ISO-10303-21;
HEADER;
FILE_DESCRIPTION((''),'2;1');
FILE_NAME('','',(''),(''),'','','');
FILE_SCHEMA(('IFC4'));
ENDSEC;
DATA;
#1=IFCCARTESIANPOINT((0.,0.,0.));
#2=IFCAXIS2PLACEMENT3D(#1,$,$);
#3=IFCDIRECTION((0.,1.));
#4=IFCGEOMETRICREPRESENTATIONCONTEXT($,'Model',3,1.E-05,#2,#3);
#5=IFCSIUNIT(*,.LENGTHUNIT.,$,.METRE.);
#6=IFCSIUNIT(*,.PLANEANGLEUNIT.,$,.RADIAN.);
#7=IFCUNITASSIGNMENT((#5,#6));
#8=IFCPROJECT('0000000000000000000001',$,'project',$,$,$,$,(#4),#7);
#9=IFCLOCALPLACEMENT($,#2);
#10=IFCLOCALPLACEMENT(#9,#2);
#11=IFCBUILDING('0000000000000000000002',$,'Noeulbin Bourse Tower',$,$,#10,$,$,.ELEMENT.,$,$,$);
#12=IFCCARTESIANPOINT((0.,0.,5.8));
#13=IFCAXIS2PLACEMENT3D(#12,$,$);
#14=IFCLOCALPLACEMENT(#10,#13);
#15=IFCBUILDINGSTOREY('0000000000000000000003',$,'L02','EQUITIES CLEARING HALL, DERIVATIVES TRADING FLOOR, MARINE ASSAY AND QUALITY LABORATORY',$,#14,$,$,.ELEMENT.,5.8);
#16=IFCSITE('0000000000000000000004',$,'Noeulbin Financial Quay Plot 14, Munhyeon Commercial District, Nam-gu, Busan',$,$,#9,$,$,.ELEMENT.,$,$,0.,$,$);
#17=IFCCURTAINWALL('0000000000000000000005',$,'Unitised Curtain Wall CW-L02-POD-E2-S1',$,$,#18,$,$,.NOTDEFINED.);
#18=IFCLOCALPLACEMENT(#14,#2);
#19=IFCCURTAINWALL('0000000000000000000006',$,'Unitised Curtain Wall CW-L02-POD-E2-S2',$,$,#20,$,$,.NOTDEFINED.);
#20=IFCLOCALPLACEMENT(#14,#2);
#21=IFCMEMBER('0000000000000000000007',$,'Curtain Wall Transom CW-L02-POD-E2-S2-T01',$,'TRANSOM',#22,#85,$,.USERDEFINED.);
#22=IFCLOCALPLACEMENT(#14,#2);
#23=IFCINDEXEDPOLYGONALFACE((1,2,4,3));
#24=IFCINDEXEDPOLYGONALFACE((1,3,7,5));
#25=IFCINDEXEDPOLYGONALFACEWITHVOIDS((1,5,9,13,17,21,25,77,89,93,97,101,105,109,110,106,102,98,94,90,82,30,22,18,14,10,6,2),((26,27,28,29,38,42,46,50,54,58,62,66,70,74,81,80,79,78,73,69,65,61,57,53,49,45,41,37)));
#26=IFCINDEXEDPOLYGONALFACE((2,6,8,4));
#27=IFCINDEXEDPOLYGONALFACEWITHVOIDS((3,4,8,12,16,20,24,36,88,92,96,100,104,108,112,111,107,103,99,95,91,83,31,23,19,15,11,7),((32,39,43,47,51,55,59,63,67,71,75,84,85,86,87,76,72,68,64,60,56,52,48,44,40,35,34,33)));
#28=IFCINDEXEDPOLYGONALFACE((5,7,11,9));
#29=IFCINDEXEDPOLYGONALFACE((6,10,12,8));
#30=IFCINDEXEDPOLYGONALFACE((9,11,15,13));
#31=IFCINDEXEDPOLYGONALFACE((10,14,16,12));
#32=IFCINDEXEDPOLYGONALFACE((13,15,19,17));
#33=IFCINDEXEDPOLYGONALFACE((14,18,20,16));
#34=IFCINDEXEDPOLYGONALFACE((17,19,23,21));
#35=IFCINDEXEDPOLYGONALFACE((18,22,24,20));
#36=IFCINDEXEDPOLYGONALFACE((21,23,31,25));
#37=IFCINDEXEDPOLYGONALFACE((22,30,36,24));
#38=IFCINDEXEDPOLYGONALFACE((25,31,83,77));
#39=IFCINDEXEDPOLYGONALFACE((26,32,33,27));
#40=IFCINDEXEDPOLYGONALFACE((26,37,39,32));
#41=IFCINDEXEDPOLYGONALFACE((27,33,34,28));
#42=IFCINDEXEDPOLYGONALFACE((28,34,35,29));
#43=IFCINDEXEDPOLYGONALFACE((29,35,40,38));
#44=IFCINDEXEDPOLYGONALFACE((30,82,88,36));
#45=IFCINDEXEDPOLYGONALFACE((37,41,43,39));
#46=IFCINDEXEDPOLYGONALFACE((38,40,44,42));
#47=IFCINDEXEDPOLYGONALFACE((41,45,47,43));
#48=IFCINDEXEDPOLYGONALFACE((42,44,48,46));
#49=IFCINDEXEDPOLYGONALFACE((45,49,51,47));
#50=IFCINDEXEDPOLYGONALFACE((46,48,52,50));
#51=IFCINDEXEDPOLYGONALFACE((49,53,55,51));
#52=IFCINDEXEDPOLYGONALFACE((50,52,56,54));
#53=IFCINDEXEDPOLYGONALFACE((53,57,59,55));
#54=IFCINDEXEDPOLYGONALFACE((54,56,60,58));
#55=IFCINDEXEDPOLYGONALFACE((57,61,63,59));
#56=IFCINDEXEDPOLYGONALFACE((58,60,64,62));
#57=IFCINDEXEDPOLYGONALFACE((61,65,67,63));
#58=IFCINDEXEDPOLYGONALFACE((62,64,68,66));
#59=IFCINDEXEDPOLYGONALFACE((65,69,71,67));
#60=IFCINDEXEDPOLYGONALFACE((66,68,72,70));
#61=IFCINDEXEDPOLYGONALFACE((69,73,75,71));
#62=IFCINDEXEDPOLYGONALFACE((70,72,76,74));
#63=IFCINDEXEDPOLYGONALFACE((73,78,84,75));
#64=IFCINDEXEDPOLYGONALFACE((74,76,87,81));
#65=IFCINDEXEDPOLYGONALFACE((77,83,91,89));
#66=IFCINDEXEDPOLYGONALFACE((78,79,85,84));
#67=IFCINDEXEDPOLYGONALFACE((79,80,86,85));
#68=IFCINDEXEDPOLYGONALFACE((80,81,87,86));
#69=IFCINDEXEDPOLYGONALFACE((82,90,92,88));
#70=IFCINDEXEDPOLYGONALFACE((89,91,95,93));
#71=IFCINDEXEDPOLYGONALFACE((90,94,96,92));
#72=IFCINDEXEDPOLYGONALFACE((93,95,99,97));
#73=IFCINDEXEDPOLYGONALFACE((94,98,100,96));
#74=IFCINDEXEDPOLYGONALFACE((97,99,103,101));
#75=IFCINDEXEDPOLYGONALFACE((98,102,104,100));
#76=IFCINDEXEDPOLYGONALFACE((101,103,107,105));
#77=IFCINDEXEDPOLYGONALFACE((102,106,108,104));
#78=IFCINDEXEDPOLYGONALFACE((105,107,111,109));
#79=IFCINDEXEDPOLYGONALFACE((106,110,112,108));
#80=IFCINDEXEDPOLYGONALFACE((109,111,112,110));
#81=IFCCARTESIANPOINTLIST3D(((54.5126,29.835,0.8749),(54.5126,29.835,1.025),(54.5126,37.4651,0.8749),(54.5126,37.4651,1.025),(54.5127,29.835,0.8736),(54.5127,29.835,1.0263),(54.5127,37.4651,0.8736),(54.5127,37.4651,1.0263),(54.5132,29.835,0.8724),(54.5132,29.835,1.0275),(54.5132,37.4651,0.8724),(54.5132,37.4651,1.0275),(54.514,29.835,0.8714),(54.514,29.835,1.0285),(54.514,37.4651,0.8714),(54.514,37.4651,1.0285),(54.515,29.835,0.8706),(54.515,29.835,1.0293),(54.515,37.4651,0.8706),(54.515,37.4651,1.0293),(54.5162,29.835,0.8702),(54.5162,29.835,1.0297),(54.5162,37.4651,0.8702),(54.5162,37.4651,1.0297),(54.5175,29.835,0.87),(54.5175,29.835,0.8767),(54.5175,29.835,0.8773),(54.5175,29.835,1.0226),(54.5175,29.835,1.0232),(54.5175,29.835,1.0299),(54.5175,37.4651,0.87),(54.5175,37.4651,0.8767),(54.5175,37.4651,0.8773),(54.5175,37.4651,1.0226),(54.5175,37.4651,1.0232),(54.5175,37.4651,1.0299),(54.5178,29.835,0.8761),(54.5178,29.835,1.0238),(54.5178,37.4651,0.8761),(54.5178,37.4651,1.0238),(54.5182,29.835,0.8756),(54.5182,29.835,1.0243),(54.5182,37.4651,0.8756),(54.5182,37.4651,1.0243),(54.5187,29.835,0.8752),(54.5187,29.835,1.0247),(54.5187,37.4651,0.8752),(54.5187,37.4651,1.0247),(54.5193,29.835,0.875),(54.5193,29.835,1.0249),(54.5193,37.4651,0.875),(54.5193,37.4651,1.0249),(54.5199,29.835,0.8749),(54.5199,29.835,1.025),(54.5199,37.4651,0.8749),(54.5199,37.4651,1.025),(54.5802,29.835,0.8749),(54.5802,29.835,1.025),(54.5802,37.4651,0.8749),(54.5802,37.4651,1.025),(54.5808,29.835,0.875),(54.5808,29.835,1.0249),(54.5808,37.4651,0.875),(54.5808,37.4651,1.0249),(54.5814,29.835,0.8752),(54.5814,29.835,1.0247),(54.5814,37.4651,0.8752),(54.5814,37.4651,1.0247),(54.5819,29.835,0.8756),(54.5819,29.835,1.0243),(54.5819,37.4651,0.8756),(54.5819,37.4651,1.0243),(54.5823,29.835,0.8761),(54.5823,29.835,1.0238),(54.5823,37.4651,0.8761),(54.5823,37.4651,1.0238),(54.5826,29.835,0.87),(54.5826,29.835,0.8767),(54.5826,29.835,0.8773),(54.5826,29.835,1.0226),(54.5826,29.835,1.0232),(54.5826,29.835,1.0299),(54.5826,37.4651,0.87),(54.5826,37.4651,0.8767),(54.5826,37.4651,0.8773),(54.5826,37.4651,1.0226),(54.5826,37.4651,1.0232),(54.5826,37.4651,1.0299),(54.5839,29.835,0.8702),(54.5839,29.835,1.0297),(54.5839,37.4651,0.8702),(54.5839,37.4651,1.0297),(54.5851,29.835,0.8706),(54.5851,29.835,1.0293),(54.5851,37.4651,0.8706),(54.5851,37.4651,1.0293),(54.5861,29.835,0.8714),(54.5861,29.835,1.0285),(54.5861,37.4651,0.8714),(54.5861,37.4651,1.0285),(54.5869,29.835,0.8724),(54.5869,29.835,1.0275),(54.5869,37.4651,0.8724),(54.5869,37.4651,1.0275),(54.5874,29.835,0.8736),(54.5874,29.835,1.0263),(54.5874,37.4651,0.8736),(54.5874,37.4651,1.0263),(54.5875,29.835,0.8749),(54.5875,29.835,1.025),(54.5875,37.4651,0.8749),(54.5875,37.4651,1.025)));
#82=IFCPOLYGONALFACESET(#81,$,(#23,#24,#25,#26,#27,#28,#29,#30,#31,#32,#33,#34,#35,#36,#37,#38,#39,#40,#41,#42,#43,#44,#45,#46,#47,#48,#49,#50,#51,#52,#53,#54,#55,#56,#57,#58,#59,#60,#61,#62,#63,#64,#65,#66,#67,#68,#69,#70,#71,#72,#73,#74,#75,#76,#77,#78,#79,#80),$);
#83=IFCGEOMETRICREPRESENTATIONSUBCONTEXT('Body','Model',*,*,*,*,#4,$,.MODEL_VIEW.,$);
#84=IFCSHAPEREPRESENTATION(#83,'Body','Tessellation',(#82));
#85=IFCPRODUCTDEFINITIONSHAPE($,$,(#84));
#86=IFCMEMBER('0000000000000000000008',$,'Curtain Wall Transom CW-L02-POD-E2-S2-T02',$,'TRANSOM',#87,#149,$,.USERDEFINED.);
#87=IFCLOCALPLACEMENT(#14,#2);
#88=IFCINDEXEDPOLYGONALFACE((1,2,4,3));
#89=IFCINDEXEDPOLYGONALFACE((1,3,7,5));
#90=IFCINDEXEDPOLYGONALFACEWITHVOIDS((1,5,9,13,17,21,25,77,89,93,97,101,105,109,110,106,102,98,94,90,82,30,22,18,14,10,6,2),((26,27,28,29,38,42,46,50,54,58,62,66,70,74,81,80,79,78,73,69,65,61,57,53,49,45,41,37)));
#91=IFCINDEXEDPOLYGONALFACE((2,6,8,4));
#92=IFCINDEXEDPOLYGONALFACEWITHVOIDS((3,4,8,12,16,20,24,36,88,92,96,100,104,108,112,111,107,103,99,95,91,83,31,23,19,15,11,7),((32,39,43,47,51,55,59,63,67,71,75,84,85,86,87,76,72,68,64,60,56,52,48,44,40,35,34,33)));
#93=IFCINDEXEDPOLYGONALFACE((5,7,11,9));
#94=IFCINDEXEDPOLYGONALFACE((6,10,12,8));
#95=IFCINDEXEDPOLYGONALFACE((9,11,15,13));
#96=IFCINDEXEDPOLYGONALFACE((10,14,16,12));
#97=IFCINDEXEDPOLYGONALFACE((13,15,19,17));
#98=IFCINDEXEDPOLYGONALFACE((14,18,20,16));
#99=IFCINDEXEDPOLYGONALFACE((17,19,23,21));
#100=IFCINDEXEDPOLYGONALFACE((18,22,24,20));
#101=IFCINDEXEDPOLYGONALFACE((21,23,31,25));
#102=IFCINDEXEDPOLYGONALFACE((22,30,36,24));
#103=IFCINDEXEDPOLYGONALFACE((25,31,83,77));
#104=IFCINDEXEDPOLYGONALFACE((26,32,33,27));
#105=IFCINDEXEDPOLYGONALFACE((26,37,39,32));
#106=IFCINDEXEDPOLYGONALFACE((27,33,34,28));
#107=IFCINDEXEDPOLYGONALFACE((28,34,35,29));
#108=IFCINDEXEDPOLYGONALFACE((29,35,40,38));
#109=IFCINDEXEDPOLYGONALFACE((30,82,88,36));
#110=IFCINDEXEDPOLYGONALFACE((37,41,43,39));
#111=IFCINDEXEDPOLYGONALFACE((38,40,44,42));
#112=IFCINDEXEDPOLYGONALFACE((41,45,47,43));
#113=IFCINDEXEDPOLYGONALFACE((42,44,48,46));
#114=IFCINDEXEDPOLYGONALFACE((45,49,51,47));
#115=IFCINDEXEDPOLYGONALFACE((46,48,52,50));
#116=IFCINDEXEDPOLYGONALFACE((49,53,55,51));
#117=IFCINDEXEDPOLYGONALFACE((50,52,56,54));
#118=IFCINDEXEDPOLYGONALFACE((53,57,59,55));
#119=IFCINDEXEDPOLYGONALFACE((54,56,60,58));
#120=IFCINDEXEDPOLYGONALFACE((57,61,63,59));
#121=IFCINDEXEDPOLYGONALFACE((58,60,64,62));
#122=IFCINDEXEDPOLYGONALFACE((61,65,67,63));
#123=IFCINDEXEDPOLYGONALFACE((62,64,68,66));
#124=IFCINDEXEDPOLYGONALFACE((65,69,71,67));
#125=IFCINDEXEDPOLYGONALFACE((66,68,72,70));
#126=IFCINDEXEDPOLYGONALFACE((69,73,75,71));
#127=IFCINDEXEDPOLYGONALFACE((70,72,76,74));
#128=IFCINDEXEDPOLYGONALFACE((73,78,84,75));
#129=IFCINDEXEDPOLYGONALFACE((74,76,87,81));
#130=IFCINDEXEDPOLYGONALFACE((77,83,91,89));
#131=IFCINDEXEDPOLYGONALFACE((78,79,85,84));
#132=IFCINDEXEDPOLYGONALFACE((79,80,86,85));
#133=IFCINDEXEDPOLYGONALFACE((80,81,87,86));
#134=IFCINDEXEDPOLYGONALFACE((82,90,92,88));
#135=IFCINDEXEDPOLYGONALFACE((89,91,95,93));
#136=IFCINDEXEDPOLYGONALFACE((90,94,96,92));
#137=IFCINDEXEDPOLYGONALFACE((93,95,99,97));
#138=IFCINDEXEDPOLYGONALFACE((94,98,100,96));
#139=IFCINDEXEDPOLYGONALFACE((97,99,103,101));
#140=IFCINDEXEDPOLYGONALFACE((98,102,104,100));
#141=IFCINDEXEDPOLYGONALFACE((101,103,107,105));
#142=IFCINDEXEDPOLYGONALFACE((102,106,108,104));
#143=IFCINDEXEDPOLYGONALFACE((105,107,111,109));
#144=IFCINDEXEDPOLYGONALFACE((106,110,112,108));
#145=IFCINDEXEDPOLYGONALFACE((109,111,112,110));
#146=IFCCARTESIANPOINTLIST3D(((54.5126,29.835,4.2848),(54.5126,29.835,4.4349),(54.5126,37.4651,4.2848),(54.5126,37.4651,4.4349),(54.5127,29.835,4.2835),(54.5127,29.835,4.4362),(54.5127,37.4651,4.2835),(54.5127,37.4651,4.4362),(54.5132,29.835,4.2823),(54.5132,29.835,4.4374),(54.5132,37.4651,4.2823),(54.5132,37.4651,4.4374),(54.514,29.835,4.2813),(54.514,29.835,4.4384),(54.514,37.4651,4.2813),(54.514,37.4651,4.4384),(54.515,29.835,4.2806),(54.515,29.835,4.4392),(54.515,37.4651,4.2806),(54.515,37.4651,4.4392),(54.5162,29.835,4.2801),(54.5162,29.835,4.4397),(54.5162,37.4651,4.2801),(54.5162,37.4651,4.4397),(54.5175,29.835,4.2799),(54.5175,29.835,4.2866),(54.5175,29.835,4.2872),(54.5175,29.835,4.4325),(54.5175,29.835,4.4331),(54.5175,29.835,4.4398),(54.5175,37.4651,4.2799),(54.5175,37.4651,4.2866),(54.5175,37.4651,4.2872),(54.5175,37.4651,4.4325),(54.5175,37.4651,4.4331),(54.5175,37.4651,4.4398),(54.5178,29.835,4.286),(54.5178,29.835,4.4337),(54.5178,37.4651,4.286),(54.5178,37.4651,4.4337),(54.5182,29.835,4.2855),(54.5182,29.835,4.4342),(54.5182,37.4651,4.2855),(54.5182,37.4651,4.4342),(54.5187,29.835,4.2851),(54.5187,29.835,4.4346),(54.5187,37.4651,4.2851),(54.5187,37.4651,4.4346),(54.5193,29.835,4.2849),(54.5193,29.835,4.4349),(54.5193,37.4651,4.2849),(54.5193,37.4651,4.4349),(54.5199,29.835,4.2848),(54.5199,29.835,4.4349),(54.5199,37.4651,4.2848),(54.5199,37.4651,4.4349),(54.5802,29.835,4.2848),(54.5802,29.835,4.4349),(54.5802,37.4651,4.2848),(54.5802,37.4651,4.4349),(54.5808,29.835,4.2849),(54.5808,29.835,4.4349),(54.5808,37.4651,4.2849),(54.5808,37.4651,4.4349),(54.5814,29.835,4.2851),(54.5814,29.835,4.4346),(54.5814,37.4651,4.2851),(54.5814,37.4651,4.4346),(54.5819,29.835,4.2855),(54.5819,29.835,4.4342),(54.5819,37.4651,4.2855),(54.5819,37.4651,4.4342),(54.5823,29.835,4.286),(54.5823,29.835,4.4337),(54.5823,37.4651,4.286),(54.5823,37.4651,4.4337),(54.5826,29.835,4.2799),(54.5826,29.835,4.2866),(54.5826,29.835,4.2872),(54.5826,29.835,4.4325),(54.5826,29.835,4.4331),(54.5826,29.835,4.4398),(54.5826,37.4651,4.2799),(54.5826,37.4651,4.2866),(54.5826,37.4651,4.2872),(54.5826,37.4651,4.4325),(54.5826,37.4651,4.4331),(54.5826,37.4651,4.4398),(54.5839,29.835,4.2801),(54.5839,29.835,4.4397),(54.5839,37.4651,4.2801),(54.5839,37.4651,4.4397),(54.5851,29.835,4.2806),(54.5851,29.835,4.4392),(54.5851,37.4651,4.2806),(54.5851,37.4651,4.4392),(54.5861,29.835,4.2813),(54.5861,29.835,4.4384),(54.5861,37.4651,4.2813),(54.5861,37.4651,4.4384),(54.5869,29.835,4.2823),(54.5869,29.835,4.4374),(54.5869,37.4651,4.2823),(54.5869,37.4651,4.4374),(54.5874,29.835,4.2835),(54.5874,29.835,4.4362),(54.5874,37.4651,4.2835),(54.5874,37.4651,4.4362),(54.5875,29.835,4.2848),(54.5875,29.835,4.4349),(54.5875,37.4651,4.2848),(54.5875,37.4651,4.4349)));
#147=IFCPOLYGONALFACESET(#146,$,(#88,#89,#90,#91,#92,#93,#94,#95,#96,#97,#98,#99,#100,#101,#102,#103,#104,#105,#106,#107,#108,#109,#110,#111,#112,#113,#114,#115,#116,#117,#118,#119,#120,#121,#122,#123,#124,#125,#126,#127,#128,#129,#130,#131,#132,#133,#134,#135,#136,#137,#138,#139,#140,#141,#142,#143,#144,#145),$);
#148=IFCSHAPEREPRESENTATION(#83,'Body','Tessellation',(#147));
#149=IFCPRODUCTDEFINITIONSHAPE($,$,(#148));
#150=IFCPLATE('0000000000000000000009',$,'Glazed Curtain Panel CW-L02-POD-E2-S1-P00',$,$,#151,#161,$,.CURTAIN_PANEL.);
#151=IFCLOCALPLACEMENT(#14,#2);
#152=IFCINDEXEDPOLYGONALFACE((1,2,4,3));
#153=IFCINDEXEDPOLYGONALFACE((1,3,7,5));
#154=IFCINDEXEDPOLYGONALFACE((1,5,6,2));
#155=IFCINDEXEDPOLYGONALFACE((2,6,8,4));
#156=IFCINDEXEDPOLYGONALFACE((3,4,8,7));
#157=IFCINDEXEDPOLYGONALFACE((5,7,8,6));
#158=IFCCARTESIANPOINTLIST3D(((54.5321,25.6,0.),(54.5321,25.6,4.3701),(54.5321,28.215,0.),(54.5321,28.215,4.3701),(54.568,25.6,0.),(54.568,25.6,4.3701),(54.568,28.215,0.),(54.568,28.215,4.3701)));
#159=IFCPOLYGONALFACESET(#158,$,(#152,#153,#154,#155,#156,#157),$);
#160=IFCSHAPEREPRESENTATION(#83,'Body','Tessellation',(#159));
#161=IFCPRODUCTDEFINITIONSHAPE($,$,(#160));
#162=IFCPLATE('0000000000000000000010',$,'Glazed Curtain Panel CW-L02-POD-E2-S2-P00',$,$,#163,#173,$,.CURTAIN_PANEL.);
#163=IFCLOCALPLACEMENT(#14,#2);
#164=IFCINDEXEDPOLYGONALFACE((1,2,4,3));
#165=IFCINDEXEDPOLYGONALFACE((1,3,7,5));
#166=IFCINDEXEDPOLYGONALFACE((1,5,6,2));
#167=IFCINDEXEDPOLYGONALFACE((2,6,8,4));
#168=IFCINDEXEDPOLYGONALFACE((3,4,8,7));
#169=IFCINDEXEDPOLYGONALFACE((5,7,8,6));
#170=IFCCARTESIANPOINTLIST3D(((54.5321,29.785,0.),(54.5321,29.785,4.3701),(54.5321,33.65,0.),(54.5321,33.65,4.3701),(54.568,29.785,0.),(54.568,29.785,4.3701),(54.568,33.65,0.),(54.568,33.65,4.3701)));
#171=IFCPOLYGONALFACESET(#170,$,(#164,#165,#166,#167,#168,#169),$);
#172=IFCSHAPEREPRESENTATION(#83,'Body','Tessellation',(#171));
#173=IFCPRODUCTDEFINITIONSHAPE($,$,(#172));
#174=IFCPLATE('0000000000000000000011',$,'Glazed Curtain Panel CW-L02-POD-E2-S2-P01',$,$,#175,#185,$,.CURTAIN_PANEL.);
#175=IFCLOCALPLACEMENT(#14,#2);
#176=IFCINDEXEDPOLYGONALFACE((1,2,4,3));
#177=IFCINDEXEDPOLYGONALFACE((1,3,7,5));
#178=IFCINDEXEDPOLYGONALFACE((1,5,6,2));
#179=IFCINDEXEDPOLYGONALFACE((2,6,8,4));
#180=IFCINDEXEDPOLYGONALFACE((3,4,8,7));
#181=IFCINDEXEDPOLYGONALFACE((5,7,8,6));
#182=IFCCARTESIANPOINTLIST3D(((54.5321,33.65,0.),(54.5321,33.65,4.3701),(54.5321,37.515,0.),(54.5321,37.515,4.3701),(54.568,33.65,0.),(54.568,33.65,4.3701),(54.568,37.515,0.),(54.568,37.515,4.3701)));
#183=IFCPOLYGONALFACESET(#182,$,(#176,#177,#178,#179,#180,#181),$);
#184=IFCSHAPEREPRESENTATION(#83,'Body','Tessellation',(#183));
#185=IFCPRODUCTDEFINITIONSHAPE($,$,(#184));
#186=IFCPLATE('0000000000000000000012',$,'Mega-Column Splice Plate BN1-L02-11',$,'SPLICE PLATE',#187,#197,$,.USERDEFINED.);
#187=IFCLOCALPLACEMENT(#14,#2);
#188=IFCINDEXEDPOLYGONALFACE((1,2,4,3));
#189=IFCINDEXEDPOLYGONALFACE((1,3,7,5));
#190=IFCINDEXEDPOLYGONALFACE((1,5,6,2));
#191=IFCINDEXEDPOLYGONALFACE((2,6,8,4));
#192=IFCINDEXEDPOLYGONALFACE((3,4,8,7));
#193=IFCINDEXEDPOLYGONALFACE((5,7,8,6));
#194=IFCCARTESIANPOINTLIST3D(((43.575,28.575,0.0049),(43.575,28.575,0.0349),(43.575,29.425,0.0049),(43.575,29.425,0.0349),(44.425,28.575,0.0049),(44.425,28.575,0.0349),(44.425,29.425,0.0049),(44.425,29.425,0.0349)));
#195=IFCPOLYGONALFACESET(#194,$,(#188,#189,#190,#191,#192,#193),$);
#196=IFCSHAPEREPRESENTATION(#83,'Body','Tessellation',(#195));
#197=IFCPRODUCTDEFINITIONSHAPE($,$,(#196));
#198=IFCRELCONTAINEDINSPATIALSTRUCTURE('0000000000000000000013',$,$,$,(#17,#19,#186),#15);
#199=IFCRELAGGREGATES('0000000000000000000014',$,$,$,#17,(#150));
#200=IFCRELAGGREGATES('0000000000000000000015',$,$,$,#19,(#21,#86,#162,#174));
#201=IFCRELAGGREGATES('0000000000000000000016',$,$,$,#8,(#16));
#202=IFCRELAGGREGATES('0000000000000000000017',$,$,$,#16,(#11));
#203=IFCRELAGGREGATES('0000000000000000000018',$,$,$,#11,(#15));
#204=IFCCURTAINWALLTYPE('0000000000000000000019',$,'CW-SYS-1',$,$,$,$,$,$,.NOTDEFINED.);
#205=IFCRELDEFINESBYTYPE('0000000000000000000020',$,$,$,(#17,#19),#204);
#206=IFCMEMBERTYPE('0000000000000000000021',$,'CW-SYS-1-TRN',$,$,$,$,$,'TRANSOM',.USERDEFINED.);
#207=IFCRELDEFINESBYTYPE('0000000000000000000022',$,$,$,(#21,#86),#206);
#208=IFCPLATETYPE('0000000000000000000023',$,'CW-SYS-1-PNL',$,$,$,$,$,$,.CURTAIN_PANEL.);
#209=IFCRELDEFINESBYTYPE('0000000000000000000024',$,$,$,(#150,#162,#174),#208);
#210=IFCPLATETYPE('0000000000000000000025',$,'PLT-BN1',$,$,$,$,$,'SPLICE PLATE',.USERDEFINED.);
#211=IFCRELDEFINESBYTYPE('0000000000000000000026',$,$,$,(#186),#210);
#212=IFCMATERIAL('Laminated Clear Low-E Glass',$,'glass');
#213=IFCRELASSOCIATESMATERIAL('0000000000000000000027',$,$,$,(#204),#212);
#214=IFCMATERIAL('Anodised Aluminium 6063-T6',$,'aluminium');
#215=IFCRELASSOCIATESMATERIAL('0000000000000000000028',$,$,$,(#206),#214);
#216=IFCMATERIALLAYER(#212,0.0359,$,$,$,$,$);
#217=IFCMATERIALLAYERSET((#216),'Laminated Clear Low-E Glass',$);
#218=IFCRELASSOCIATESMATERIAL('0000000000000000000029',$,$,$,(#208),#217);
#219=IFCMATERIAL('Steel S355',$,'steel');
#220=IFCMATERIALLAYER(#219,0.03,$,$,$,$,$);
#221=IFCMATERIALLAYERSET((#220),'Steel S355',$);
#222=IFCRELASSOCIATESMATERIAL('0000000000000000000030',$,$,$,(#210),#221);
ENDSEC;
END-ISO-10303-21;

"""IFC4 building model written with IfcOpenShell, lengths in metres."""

from ifc_helpers import new_model, si_unit, direction, frame, origin, origin_2d, place, context, subcontext, project, spatial, rectangle, hollow_rectangle, extrude, material, layer, layer_set, material_profile, profile_set, type_object, element, aggregate, save


model = new_model("IFC4")

# Units and contexts
model_context = context("Model", 3, precision=1e-05, world=origin(), true_north=direction((0.0, 1.0)))
body_context = subcontext(model_context, "Body", "Model", "MODEL_VIEW")
ifc_project = project(units=[si_unit("LENGTHUNIT", "METRE"), si_unit("PLANEANGLEUNIT", "RADIAN")], contexts=[model_context])

# Site, building, storey
site_placement = place(None, origin())
site = spatial("IfcSite", under=ifc_project, at=site_placement, Name="Noeulbin Financial Quay Plot 14, Munhyeon Commercial District, Nam-gu, Busan", CompositionType="ELEMENT", RefElevation=0.0)
building_placement = place(site_placement, origin())
building = spatial("IfcBuilding", under=site, at=building_placement, Name="Noeulbin Bourse Tower", CompositionType="ELEMENT")
storey_placement = place(building_placement, frame((0.0, 0.0, 5.8)))
storey = spatial("IfcBuildingStorey", under=building, at=storey_placement, Name="L02", Description="EQUITIES CLEARING HALL, DERIVATIVES TRADING FLOOR, MARINE ASSAY AND QUALITY LABORATORY", CompositionType="ELEMENT", Elevation=5.8)

# Shared definitions
ifc_material_1 = material(Name="Steel S355", Category="steel")

# Curtain walls
ifc_material_2 = material(Name="Laminated Clear Low-E Glass", Category="glass")
curtain_wall_type = type_object("IfcCurtainWallType", Name="CW-SYS-1", PredefinedType="NOTDEFINED", material=ifc_material_2)
curtain_wall_1_placement = place(storey_placement, origin())
curtain_wall_1 = element("IfcCurtainWall", 1, at=curtain_wall_1_placement, inside=storey, type_object=curtain_wall_type, Name="Unitised Curtain Wall CW-L02-POD-E2-S1", PredefinedType="NOTDEFINED")
ifc_material_3 = material(Name="Anodised Aluminium 6063-T6", Category="aluminium")
curtain_wall_2_placement = place(storey_placement, origin())
curtain_wall_2 = element("IfcCurtainWall", 2, at=curtain_wall_2_placement, inside=storey, type_object=curtain_wall_type, Name="Unitised Curtain Wall CW-L02-POD-E2-S2", PredefinedType="NOTDEFINED")

# Members
ifc_material_profile_1 = material_profile(ifc_material_3, hollow_rectangle(XDim=0.075, YDim=0.1599, WallThickness=0.0049, InnerFilletRadius=0.0024, OuterFilletRadius=0.0049, at=origin_2d()), Name="ALU-TRAN-75x160x5", Category="LoadBearing")
ifc_profile_set_1 = profile_set([ifc_material_profile_1], Name="Anodised Aluminium 6063-T6")
member_type_1 = type_object("IfcMemberType", Name="CW-SYS-1-TRN", ElementType="TRANSOM", PredefinedType="USERDEFINED", material=ifc_profile_set_1)
member_1_placement = place(storey_placement, frame((54.55, 29.835, 0.95), z_axis=(0.0, 1.0, 0.0), x_axis=(-1.0, 0.0, 0.0)))
member_1 = element("IfcMember", 3, at=member_1_placement, type_object=member_type_1, Name="Curtain Wall Transom CW-L02-POD-E2-S2-T01", ObjectType="TRANSOM", PredefinedType="USERDEFINED", context=body_context, shape_type="SweptSolid", body=[
    extrude(hollow_rectangle(XDim=0.075, YDim=0.1599, WallThickness=0.0049, InnerFilletRadius=0.0024, OuterFilletRadius=0.0049, at=origin_2d()), origin(), (0.0, 0.0, 1.0), 7.6301),
])
member_2_placement = place(storey_placement, frame((54.55, 29.835, 4.3599), z_axis=(0.0, 1.0, 0.0), x_axis=(-1.0, 0.0, 0.0)))
member_2 = element("IfcMember", 4, at=member_2_placement, type_object=member_type_1, Name="Curtain Wall Transom CW-L02-POD-E2-S2-T02", ObjectType="TRANSOM", PredefinedType="USERDEFINED", context=body_context, shape_type="SweptSolid", body=[
    extrude(hollow_rectangle(XDim=0.075, YDim=0.1599, WallThickness=0.0049, InnerFilletRadius=0.0024, OuterFilletRadius=0.0049, at=origin_2d()), origin(), (0.0, 0.0, 1.0), 7.6301),
])

# Plates
ifc_layer_1 = layer(ifc_material_2, 0.0359)
ifc_layer_set_1 = layer_set([ifc_layer_1], Name="Laminated Clear Low-E Glass")
plate_type_1 = type_object("IfcPlateType", Name="CW-SYS-1-PNL", PredefinedType="CURTAIN_PANEL", material=ifc_layer_set_1)
plate_1_placement = place(storey_placement, frame((54.55, 26.9075, 0.0), z_axis=(0.0, 0.0, 1.0), x_axis=(0.0, 1.0, 0.0)))
plate_1 = element("IfcPlate", 5, at=plate_1_placement, type_object=plate_type_1, Name="Glazed Curtain Panel CW-L02-POD-E2-S1-P00", PredefinedType="CURTAIN_PANEL", context=body_context, shape_type="SweptSolid", body=[
    extrude(rectangle(XDim=2.615, YDim=0.0359, at=origin_2d()), origin(), (0.0, 0.0, 1.0), 4.3701),
])
aggregate(curtain_wall_1, [plate_1])
plate_2_placement = place(storey_placement, frame((54.55, 31.7175, 0.0), z_axis=(0.0, 0.0, 1.0), x_axis=(0.0, 1.0, 0.0)))
plate_2 = element("IfcPlate", 6, at=plate_2_placement, type_object=plate_type_1, Name="Glazed Curtain Panel CW-L02-POD-E2-S2-P00", PredefinedType="CURTAIN_PANEL", context=body_context, shape_type="SweptSolid", body=[
    extrude(rectangle(XDim=3.865, YDim=0.0359, at=origin_2d()), origin(), (0.0, 0.0, 1.0), 4.3701),
])
plate_3_placement = place(storey_placement, frame((54.55, 35.5825, 0.0), z_axis=(0.0, 0.0, 1.0), x_axis=(0.0, 1.0, 0.0)))
plate_3 = element("IfcPlate", 7, at=plate_3_placement, type_object=plate_type_1, Name="Glazed Curtain Panel CW-L02-POD-E2-S2-P01", PredefinedType="CURTAIN_PANEL", context=body_context, shape_type="SweptSolid", body=[
    extrude(rectangle(XDim=3.865, YDim=0.0359, at=origin_2d()), origin(), (0.0, 0.0, 1.0), 4.3701),
])
aggregate(curtain_wall_2, [member_1, member_2, plate_2, plate_3])
ifc_layer_2 = layer(ifc_material_1, 0.03)
ifc_layer_set_2 = layer_set([ifc_layer_2], Name="Steel S355")
plate_type_2 = type_object("IfcPlateType", Name="PLT-BN1", ElementType="SPLICE PLATE", PredefinedType="USERDEFINED", material=ifc_layer_set_2)
plate_4_placement = place(storey_placement, frame((44.0, 29.0, 0.0049), z_axis=(0.0, 0.0, 1.0), x_axis=(1.0, 0.0, 0.0)))
element("IfcPlate", 8, at=plate_4_placement, inside=storey, type_object=plate_type_2, Name="Mega-Column Splice Plate BN1-L02-11", ObjectType="SPLICE PLATE", PredefinedType="USERDEFINED", context=body_context, shape_type="SweptSolid", body=[
    extrude(rectangle(XDim=0.8501, YDim=0.8501, at=origin_2d()), origin(), (0.0, 0.0, 1.0), 0.03),
])

save(model, "model.ifc")
